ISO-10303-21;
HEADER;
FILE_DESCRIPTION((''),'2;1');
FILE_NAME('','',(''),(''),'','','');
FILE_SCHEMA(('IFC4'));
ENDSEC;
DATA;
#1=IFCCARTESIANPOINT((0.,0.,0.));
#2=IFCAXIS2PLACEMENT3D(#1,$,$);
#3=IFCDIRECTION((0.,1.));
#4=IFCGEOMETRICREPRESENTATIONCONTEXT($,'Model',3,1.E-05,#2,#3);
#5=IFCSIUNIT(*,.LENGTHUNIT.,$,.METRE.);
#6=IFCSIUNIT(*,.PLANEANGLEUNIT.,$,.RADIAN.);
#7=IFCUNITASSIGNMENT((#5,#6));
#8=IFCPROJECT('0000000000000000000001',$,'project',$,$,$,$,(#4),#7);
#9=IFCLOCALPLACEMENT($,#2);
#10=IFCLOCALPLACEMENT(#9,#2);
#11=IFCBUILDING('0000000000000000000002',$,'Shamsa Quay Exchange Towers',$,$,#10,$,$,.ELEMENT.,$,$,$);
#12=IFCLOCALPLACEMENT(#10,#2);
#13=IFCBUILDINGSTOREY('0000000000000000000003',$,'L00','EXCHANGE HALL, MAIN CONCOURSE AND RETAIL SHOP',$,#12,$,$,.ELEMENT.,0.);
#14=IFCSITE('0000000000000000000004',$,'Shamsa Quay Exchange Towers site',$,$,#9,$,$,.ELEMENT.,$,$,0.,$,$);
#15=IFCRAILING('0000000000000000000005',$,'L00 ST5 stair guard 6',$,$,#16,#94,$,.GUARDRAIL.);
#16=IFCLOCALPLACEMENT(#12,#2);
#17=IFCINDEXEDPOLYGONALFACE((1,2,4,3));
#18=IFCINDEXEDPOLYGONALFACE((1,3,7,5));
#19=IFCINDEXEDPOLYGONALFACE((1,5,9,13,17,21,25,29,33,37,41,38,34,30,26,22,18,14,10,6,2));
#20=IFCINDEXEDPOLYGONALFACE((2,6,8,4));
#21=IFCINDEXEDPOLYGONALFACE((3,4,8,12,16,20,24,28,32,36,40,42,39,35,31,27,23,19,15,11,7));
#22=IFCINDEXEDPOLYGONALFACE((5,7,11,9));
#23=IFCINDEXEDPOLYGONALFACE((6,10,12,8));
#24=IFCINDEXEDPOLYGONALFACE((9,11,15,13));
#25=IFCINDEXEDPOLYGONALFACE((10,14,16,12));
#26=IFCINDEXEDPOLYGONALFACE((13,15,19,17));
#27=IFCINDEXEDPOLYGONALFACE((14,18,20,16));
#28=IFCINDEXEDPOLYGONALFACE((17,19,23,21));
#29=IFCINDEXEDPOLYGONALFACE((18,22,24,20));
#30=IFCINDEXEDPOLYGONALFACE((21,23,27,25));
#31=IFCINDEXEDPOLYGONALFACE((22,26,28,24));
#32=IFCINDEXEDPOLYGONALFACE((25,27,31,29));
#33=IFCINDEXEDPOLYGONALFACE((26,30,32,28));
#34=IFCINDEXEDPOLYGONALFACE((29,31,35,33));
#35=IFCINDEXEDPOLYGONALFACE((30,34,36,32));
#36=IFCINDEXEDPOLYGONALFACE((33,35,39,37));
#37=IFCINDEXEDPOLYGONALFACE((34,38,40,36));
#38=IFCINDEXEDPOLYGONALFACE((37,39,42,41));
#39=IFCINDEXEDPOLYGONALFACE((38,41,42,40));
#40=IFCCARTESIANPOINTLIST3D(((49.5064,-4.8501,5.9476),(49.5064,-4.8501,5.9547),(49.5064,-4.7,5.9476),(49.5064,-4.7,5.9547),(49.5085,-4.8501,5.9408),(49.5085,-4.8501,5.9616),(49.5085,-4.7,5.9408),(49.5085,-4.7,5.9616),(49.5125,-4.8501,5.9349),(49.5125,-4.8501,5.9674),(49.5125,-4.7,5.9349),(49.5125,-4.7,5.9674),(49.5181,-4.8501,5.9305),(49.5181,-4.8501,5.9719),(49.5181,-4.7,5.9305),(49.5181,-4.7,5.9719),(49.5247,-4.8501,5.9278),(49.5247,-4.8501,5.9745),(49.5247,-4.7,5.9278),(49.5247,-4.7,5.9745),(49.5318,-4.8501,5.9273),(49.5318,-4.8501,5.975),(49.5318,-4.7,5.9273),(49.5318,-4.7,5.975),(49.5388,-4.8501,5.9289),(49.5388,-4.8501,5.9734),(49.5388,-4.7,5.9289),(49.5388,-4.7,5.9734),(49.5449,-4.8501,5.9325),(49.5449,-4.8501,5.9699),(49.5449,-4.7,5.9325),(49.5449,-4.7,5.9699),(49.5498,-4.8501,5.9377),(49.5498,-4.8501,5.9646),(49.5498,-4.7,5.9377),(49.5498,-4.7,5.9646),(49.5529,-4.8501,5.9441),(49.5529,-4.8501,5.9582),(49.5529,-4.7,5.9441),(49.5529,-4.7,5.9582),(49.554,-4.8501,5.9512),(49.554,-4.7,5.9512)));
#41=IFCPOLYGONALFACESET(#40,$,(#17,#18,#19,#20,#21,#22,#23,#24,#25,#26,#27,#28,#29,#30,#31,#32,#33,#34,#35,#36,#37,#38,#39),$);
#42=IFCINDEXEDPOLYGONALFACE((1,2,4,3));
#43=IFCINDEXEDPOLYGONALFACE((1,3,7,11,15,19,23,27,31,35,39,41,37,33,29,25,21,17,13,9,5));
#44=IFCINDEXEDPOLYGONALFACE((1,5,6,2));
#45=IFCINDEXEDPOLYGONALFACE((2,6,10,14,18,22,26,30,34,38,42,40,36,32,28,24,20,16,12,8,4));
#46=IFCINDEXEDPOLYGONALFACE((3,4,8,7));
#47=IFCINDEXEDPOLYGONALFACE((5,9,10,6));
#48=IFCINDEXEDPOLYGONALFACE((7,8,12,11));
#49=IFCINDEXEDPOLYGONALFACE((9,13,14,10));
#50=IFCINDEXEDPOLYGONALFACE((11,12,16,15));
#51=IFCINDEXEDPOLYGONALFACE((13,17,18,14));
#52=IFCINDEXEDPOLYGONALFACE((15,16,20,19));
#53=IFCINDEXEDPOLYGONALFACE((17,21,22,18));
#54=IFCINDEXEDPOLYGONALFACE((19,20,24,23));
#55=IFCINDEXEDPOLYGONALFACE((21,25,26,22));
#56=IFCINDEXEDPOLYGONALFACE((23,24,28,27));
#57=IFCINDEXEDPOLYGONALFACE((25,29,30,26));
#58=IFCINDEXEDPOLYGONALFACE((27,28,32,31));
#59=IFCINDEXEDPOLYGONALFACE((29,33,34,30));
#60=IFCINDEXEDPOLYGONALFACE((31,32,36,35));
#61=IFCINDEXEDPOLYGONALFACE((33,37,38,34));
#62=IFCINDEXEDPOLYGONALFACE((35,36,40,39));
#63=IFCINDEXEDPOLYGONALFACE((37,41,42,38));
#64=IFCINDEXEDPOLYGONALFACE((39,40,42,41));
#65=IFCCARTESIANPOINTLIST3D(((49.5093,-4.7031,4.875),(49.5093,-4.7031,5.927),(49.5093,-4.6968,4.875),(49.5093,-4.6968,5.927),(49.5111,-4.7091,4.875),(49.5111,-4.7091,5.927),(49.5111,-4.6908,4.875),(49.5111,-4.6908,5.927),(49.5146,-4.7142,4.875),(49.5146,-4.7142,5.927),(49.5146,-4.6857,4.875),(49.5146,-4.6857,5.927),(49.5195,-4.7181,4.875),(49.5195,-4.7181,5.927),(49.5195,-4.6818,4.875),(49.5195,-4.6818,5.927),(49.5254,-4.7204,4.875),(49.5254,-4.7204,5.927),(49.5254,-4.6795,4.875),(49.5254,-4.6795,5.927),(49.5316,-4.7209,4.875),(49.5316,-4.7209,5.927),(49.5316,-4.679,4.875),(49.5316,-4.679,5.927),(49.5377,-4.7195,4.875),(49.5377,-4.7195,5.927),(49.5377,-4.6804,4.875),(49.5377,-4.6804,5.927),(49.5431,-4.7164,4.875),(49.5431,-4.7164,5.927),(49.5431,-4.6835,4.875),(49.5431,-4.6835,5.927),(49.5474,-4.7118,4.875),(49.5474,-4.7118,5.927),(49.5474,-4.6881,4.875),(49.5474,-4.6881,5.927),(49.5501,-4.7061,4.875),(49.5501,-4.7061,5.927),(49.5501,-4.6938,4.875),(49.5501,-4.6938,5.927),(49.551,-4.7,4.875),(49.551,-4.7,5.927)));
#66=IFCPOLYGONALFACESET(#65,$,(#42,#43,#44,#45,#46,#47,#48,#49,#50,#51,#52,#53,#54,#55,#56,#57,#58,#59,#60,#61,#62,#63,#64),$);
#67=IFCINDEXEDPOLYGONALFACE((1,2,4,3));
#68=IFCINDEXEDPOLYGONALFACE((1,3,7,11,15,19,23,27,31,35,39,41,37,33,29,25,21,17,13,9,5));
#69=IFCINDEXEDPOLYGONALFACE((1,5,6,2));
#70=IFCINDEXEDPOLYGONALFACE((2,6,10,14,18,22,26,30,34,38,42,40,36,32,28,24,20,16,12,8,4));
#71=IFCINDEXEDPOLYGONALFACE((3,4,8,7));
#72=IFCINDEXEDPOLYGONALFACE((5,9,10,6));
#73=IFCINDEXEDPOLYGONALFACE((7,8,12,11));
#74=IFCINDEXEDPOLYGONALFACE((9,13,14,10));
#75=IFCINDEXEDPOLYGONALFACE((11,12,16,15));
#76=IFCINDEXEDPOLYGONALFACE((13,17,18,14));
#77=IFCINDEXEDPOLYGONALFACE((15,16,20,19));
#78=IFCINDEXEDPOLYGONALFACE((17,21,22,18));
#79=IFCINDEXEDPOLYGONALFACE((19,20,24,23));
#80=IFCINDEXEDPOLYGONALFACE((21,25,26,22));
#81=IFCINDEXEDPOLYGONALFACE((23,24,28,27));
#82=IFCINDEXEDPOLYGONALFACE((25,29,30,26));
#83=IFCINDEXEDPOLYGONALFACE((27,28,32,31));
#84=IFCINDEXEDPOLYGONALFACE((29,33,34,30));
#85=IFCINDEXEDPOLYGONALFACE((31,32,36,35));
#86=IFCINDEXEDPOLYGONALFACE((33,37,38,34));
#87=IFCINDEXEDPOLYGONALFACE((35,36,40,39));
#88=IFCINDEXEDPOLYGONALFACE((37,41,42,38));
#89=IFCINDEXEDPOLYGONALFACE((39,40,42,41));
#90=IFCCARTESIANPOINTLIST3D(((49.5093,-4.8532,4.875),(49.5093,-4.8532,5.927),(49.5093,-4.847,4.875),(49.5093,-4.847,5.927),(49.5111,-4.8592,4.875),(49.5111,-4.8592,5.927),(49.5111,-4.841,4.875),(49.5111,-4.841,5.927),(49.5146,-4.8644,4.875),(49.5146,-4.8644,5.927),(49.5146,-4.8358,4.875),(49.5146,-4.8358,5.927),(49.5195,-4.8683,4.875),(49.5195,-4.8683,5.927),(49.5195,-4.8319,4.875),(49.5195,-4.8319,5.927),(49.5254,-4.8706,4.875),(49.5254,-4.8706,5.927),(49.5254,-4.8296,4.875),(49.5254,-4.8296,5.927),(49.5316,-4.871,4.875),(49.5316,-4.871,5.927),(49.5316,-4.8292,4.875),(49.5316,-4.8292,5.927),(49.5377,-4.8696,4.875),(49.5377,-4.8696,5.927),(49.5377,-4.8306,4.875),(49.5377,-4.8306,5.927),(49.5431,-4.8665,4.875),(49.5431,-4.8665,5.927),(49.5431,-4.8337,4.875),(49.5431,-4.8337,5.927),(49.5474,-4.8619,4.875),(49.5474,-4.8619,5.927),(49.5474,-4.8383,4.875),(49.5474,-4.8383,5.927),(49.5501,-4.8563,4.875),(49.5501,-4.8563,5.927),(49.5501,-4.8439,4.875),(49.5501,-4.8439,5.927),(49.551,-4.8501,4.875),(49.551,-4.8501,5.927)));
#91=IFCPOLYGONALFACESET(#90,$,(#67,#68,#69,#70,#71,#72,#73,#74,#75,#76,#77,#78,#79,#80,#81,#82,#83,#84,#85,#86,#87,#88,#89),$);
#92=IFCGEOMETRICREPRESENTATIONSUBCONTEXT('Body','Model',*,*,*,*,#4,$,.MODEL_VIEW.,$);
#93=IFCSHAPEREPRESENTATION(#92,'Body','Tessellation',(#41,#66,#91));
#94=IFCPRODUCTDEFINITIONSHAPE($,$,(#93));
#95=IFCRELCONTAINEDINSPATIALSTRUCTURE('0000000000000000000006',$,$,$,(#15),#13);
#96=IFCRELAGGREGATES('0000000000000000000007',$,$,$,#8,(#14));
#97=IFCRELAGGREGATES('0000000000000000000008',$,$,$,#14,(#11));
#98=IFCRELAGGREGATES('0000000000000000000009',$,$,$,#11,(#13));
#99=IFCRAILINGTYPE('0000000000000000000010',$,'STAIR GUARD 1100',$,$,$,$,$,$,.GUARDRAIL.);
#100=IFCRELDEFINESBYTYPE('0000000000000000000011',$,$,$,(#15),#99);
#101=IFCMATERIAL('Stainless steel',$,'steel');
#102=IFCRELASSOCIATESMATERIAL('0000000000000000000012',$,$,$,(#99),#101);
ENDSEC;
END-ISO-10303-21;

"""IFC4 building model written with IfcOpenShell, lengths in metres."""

from ifc_helpers import new_model, si_unit, direction, frame, origin, origin_2d, place, context, subcontext, project, spatial, circle, extrude, material, type_object, element, save


model = new_model("IFC4")

# Units and contexts
model_context = context("Model", 3, precision=1e-05, world=origin(), true_north=direction((0.0, 1.0)))
body_context = subcontext(model_context, "Body", "Model", "MODEL_VIEW")
ifc_project = project(units=[si_unit("LENGTHUNIT", "METRE"), si_unit("PLANEANGLEUNIT", "RADIAN")], contexts=[model_context])

# Site, building, storey
site_placement = place(None, origin())
site = spatial("IfcSite", under=ifc_project, at=site_placement, Name="Shamsa Quay Exchange Towers site", CompositionType="ELEMENT", RefElevation=0.0)
building_placement = place(site_placement, origin())
building = spatial("IfcBuilding", under=site, at=building_placement, Name="Shamsa Quay Exchange Towers", CompositionType="ELEMENT")
storey_placement = place(building_placement, origin())
storey = spatial("IfcBuildingStorey", under=building, at=storey_placement, Name="L00", Description="EXCHANGE HALL, MAIN CONCOURSE AND RETAIL SHOP", CompositionType="ELEMENT", Elevation=0.0)

# Railing
ifc_material_1 = material(Name="Stainless steel", Category="steel")
railing_type_1 = type_object("IfcRailingType", Name="STAIR GUARD 1100", PredefinedType="GUARDRAIL", material=ifc_material_1)
railing_1_placement = place(storey_placement, frame((49.53, -4.7, 4.875)))
element("IfcRailing", 1, at=railing_1_placement, inside=storey, type_object=railing_type_1, Name="L00 ST5 stair guard 6", PredefinedType="GUARDRAIL", context=body_context, shape_type="SweptSolid", body=[
    extrude(circle(Radius=0.0239, at=origin_2d()), frame((0.0, 0.0, 1.0762), z_axis=(0.0, -1.0, 0.0), x_axis=(1.0, 0.0, 0.0)), (0.0, 0.0, 1.0), 0.1501),
    extrude(circle(Radius=0.021, at=origin_2d()), origin(), (0.0, 0.0, 1.0), 1.052),
    extrude(circle(Radius=0.021, at=origin_2d()), frame((0.0, -0.1501, 0.0)), (0.0, 0.0, 1.0), 1.052),
])

save(model, "model.ifc")
